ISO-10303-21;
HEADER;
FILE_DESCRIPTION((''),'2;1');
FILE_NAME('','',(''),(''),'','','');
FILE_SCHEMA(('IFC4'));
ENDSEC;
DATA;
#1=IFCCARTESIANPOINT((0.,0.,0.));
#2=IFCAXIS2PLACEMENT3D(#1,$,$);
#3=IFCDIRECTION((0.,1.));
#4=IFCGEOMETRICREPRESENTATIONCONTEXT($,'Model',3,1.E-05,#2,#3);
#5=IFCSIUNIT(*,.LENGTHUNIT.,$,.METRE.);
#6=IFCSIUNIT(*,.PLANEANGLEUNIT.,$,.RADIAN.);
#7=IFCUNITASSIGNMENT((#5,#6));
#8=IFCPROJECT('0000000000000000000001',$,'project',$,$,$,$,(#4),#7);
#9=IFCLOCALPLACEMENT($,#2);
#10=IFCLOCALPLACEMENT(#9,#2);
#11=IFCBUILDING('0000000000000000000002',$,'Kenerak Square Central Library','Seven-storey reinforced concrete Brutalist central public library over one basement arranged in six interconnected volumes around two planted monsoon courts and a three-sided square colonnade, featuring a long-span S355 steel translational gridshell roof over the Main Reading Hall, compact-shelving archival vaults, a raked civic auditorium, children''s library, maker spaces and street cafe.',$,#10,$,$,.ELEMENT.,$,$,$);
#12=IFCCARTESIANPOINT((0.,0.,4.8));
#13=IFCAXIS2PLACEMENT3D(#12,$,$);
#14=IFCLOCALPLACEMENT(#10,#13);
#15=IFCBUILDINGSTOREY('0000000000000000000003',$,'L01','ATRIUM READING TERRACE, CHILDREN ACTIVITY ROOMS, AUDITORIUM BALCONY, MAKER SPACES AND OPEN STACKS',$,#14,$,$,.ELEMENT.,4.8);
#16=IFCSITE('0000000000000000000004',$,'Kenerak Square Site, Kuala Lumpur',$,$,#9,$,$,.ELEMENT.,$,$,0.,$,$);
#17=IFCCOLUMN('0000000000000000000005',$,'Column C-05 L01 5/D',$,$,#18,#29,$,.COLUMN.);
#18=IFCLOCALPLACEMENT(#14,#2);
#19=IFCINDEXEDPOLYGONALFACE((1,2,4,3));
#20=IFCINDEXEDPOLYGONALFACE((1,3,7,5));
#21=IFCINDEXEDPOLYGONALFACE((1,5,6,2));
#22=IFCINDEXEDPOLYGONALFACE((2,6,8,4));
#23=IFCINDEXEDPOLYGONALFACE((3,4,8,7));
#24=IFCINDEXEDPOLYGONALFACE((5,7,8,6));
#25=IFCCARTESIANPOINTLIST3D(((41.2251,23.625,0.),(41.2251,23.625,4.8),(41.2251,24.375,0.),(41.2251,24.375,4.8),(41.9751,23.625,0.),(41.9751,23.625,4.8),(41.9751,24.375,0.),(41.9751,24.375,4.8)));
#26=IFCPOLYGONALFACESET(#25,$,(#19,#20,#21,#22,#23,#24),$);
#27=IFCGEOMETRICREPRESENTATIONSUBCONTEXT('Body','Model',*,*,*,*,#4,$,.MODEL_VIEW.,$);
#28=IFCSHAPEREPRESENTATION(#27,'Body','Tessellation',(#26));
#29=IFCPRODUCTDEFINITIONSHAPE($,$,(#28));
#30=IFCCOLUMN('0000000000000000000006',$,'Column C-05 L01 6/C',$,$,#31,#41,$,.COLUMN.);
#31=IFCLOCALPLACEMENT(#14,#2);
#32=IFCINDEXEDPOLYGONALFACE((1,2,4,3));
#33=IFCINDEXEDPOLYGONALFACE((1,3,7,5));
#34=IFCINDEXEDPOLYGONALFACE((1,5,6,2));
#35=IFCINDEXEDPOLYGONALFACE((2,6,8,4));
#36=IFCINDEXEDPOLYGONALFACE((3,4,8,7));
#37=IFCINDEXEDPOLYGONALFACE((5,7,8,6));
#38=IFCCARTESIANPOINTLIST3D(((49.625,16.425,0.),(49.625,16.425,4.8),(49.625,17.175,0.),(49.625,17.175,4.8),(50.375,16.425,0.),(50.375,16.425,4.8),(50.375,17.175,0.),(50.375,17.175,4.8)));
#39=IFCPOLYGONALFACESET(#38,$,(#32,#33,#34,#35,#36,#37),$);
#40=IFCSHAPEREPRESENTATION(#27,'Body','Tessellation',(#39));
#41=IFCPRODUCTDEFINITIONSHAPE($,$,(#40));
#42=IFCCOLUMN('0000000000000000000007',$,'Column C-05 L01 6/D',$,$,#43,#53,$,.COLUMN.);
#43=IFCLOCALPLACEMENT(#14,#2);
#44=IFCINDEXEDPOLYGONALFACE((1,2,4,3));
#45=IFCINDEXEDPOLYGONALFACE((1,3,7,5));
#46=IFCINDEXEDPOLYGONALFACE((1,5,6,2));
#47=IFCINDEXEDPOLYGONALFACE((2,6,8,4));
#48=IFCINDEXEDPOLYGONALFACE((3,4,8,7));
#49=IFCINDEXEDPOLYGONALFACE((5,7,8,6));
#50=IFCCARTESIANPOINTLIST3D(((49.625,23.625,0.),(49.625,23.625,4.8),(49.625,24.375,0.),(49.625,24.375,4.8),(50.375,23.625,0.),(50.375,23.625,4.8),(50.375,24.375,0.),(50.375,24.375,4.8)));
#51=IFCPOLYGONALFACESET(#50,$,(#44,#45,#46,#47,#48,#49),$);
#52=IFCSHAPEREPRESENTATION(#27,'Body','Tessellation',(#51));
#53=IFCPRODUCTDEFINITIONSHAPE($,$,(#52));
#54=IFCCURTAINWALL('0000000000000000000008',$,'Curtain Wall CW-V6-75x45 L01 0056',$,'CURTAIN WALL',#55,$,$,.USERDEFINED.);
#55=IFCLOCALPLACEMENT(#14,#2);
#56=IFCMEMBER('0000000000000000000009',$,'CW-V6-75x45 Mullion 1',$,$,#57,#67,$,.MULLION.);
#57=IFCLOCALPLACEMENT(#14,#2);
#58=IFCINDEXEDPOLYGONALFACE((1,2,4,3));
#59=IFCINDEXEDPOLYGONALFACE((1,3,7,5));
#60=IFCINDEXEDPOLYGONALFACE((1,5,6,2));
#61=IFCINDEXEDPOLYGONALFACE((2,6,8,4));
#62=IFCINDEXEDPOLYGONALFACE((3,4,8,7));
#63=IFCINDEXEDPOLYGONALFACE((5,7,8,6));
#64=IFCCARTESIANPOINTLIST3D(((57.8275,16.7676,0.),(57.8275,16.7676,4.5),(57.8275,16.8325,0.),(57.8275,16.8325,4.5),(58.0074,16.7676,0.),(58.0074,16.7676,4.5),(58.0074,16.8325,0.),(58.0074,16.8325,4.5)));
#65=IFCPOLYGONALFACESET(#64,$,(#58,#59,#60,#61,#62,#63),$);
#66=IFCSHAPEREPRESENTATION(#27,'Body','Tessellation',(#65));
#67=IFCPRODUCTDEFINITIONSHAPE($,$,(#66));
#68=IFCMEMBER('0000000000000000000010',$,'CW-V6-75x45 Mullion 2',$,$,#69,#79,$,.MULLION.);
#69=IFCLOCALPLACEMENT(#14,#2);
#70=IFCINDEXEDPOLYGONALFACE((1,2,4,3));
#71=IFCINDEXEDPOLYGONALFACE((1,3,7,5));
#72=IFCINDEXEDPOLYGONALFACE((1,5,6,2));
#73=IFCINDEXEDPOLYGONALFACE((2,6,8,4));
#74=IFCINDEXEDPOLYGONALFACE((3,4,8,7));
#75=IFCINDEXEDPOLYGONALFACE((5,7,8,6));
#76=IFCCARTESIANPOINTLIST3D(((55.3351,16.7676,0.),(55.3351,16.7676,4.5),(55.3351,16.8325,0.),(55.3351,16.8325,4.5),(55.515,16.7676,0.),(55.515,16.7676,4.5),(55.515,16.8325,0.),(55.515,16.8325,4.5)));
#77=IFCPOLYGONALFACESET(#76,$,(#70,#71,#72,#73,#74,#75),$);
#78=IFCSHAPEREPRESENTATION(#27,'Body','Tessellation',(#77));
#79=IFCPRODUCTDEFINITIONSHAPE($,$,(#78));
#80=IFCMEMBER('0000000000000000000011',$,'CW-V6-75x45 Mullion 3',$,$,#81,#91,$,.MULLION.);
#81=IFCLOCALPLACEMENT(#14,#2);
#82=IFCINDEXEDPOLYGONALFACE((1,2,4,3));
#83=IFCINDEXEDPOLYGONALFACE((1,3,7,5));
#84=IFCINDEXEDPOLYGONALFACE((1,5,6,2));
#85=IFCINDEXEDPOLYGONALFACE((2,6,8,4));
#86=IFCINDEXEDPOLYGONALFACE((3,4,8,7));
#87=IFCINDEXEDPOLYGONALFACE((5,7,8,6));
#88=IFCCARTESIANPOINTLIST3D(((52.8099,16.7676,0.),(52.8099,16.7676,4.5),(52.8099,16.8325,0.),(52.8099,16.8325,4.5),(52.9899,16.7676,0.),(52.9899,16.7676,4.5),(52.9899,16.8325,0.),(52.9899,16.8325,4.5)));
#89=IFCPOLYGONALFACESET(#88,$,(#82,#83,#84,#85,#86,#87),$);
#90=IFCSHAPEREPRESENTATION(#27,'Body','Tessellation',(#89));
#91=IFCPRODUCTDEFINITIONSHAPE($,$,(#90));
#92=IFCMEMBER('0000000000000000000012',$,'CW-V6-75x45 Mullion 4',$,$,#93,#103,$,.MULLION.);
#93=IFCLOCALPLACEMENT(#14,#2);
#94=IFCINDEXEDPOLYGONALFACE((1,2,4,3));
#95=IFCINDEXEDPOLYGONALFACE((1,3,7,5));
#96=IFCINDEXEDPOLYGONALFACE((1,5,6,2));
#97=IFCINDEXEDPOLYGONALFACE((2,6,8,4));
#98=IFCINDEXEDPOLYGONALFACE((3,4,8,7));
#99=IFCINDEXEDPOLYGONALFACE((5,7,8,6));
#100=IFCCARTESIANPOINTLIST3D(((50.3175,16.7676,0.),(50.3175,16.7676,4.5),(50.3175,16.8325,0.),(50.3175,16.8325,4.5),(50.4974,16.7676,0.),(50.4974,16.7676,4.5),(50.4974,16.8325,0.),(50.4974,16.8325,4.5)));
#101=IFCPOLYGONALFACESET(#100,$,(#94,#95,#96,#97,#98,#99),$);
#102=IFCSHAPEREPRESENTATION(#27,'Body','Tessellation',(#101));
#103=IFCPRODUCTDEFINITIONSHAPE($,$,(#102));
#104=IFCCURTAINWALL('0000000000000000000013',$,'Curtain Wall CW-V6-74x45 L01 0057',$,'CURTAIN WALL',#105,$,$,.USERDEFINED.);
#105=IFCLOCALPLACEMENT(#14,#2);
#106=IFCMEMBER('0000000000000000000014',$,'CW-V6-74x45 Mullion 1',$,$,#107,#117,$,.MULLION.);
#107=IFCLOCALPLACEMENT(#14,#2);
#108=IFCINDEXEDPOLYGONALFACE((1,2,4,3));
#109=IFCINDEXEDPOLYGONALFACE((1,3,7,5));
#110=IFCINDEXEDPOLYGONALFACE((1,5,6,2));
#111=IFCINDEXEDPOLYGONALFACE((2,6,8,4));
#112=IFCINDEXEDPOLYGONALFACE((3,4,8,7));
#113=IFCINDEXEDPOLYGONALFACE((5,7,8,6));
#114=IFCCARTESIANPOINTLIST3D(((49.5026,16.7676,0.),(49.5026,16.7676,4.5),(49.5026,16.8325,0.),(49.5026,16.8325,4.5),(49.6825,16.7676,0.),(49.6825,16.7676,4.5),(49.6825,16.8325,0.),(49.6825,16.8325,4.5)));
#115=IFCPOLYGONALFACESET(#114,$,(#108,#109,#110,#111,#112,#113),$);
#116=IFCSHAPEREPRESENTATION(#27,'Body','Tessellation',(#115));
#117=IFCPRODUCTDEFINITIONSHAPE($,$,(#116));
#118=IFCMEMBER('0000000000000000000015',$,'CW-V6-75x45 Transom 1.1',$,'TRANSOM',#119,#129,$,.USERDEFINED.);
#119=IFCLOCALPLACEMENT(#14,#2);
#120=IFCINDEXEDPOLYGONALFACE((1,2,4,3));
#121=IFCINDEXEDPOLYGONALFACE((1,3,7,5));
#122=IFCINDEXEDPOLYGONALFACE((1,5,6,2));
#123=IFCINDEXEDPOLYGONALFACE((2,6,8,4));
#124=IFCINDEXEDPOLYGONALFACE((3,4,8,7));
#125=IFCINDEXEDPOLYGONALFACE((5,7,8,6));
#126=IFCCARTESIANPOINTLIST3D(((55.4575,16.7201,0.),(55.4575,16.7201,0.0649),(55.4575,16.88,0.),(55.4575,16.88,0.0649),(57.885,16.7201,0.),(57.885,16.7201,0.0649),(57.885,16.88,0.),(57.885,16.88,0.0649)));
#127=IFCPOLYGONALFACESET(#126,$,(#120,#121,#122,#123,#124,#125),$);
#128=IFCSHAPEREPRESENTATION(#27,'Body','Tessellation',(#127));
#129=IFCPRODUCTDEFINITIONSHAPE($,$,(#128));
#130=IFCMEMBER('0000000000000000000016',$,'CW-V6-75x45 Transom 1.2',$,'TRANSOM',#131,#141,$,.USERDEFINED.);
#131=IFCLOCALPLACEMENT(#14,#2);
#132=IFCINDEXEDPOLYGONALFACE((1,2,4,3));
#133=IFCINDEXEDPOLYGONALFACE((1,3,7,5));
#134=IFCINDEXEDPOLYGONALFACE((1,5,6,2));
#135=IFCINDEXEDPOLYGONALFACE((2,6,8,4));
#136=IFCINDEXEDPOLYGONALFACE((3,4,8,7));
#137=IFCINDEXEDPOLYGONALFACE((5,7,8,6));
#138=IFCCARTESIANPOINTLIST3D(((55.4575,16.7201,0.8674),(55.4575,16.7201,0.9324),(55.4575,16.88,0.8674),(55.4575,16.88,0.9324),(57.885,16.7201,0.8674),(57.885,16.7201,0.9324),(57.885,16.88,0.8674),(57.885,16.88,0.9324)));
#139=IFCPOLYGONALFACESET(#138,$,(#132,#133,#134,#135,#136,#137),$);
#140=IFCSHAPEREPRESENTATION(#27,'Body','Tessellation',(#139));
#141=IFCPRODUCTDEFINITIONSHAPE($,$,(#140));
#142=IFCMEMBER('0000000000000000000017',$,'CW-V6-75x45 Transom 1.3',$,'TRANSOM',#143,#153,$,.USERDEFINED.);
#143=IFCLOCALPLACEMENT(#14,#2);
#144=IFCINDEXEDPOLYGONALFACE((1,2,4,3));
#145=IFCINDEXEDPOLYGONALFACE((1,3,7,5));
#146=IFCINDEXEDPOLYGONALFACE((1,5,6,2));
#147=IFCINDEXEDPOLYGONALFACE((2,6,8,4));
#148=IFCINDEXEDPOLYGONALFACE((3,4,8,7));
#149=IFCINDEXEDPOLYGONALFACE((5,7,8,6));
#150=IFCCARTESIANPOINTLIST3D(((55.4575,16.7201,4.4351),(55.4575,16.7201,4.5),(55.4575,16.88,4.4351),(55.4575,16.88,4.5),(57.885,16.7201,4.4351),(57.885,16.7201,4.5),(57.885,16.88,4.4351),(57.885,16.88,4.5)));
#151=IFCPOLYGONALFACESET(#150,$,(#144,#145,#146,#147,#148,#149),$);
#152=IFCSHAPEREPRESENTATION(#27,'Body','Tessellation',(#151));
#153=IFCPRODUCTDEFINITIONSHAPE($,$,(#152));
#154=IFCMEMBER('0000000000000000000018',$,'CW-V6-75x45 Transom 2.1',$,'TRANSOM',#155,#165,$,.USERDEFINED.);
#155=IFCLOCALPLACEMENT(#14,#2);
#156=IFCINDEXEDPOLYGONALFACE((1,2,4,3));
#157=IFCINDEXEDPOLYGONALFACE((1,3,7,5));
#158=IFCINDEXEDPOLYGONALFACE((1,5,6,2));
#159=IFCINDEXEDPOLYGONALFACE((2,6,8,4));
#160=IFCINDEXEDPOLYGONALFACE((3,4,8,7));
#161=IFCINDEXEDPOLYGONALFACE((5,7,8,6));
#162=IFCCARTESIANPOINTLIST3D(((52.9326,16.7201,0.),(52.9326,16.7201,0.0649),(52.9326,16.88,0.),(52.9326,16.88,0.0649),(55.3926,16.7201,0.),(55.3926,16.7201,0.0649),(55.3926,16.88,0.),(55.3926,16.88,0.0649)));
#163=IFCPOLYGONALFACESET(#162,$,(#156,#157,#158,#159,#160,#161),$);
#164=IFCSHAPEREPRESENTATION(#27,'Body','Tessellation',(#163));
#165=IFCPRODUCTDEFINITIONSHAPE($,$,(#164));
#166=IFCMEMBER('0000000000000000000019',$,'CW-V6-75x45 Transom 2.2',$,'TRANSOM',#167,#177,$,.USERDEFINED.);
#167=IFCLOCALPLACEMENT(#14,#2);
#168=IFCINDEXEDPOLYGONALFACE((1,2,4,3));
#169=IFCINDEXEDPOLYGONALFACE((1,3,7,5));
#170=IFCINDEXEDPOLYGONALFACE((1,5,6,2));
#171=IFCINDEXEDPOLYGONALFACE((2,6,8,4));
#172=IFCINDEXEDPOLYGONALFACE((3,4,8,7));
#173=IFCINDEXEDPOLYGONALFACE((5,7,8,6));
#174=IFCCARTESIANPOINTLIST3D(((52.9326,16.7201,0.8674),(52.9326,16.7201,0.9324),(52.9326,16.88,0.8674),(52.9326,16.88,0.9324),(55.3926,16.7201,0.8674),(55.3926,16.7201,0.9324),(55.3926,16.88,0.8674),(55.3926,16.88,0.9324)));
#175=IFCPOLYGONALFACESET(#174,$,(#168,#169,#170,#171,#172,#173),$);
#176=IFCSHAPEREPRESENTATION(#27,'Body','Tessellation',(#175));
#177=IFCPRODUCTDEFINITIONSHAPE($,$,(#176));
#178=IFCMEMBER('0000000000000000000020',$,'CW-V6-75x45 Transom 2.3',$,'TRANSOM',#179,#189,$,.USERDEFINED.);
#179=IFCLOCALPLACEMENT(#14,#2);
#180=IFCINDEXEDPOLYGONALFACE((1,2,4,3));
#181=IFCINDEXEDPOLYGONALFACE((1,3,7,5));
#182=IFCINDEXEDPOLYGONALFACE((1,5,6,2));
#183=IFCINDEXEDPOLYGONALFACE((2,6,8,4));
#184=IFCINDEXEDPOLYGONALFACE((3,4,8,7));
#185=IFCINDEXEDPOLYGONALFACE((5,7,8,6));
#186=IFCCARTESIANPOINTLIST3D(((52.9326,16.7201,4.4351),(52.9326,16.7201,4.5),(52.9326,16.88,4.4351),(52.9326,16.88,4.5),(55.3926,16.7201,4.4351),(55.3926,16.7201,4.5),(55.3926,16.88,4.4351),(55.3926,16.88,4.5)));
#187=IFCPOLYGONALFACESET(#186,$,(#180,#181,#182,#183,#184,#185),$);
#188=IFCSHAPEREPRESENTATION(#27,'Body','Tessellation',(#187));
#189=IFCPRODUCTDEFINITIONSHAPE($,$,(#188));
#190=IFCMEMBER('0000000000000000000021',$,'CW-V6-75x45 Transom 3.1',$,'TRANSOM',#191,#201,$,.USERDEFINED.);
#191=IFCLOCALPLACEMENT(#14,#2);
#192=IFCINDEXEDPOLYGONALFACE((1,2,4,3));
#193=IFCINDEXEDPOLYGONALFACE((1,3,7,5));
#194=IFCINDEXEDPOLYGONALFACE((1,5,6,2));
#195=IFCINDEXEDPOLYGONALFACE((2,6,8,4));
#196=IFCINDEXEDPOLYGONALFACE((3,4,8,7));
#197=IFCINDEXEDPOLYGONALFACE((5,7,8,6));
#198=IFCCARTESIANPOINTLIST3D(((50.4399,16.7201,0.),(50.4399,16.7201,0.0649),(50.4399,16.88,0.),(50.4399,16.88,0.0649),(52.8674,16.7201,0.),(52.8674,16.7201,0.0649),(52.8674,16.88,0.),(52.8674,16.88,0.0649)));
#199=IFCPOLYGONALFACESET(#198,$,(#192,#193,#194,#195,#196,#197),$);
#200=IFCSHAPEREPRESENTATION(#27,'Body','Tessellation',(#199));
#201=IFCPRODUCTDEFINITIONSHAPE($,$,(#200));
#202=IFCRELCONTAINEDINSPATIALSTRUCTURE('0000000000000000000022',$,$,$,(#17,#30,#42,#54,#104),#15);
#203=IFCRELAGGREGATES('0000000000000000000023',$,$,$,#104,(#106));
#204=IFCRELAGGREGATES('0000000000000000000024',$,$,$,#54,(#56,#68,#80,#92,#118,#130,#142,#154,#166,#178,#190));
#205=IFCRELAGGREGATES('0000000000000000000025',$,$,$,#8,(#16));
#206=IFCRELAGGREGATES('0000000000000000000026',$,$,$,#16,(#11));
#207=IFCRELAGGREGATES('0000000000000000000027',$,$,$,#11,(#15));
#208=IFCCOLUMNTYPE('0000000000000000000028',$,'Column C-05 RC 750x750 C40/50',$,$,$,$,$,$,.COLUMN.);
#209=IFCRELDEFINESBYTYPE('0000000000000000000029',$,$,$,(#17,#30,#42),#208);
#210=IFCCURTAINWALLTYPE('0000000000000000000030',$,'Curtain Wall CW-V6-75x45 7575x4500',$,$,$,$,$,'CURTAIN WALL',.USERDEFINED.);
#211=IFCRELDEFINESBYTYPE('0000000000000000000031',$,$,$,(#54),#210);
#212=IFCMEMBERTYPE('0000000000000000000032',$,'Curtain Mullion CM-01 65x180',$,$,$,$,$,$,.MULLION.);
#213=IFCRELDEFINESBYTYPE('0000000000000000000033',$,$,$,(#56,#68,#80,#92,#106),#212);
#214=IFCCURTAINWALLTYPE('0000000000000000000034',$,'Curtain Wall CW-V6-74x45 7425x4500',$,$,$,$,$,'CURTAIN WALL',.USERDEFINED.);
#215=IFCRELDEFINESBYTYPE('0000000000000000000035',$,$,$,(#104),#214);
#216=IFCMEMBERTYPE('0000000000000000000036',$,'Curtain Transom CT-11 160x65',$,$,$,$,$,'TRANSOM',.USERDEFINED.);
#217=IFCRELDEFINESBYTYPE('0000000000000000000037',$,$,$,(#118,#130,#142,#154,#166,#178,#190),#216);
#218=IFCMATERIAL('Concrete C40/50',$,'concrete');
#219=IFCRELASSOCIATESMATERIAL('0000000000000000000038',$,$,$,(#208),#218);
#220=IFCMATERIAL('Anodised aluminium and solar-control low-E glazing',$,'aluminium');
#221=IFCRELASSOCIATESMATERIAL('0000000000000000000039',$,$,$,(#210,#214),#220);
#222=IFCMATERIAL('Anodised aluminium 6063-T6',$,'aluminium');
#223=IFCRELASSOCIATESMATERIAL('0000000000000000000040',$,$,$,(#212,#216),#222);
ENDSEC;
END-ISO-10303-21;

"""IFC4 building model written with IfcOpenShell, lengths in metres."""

from ifc_helpers import new_model, si_unit, direction, frame, origin, origin_2d, place, context, subcontext, project, spatial, rectangle, extrude, material, material_profile, profile_set, type_object, element, aggregate, save


model = new_model("IFC4")

# Units and contexts
model_context = context("Model", 3, precision=1e-05, world=origin(), true_north=direction((0.0, 1.0)))
body_context = subcontext(model_context, "Body", "Model", "MODEL_VIEW")
ifc_project = project(units=[si_unit("LENGTHUNIT", "METRE"), si_unit("PLANEANGLEUNIT", "RADIAN")], contexts=[model_context])

# Site, building, storey
site_placement = place(None, origin())
site = spatial("IfcSite", under=ifc_project, at=site_placement, Name="Kenerak Square Site, Kuala Lumpur", CompositionType="ELEMENT", RefElevation=0.0)
building_placement = place(site_placement, origin())
building = spatial("IfcBuilding", under=site, at=building_placement, Name="Kenerak Square Central Library", Description="Seven-storey reinforced concrete Brutalist central public library over one basement arranged in six interconnected volumes around two planted monsoon courts and a three-sided square colonnade, featuring a long-span S355 steel translational gridshell roof over the Main Reading Hall, compact-shelving archival vaults, a raked civic auditorium, children's library, maker spaces and street cafe.", CompositionType="ELEMENT")
storey_placement = place(building_placement, frame((0.0, 0.0, 4.8)))
storey = spatial("IfcBuildingStorey", under=building, at=storey_placement, Name="L01", Description="ATRIUM READING TERRACE, CHILDREN ACTIVITY ROOMS, AUDITORIUM BALCONY, MAKER SPACES AND OPEN STACKS", CompositionType="ELEMENT", Elevation=4.8)

# Columns
ifc_material_1 = material(Name="Concrete C40/50", Category="concrete")
ifc_material_profile_1 = material_profile(ifc_material_1, rectangle(XDim=0.75, YDim=0.75, at=origin_2d()), Name="RC 750x750")
ifc_profile_set_1 = profile_set([ifc_material_profile_1], Name="Concrete C40/50")
column_type = type_object("IfcColumnType", Name="Column C-05 RC 750x750 C40/50", PredefinedType="COLUMN", material=ifc_profile_set_1)
for number, where, z_axis, x_axis, name in (
    (1, (41.6001, 24.0, 0.0), (0.0, 0.0, 1.0), (1.0, 0.0, 0.0), "Column C-05 L01 5/D"),
    (2, (50.0, 16.8, 0.0), (0.0, 0.0, 1.0), (1.0, 0.0, 0.0), "Column C-05 L01 6/C"),
    (3, (50.0, 24.0, 0.0), (0.0, 0.0, 1.0), (1.0, 0.0, 0.0), "Column C-05 L01 6/D"),
):
    element("IfcColumn", number, at=place(storey_placement, frame(where, z_axis=z_axis, x_axis=x_axis)), inside=storey, type_object=column_type, Name=name, PredefinedType="COLUMN", context=body_context, shape_type="SweptSolid", body=[
        extrude(rectangle(XDim=0.75, YDim=0.75, at=origin_2d()), origin(), (0.0, 0.0, 1.0), 4.8),
    ])

# Curtain wall, members
ifc_material_2 = material(Name="Anodised aluminium and solar-control low-E glazing", Category="aluminium")
curtain_wall_type_1 = type_object("IfcCurtainWallType", Name="Curtain Wall CW-V6-75x45 7575x4500", ElementType="CURTAIN WALL", PredefinedType="USERDEFINED", material=ifc_material_2)
curtain_wall_1_placement = place(storey_placement, origin())
curtain_wall_1 = element("IfcCurtainWall", 4, at=curtain_wall_1_placement, inside=storey, type_object=curtain_wall_type_1, Name="Curtain Wall CW-V6-75x45 L01 0056", ObjectType="CURTAIN WALL", PredefinedType="USERDEFINED")
ifc_material_3 = material(Name="Anodised aluminium 6063-T6", Category="aluminium")
ifc_material_profile_2 = material_profile(ifc_material_3, rectangle(XDim=0.0649, YDim=0.1799, at=origin_2d()), Name="AL MULLION 65x180")
ifc_profile_set_2 = profile_set([ifc_material_profile_2], Name="Anodised aluminium 6063-T6")
member_type_1 = type_object("IfcMemberType", Name="Curtain Mullion CM-01 65x180", PredefinedType="MULLION", material=ifc_profile_set_2)
member_1_placement = place(storey_placement, frame((57.9175, 16.8, 0.0), z_axis=(0.0, 0.0, 1.0), x_axis=(0.0, -1.0, 0.0)))
member_1 = element("IfcMember", 5, at=member_1_placement, type_object=member_type_1, Name="CW-V6-75x45 Mullion 1", PredefinedType="MULLION", context=body_context, shape_type="SweptSolid", body=[
    extrude(rectangle(XDim=0.0649, YDim=0.1799, at=origin_2d()), origin(), (0.0, 0.0, 1.0), 4.5),
])
member_2_placement = place(storey_placement, frame((55.425, 16.8, 0.0), z_axis=(0.0, 0.0, 1.0), x_axis=(0.0, -1.0, 0.0)))
member_2 = element("IfcMember", 6, at=member_2_placement, type_object=member_type_1, Name="CW-V6-75x45 Mullion 2", PredefinedType="MULLION", context=body_context, shape_type="SweptSolid", body=[
    extrude(rectangle(XDim=0.0649, YDim=0.1799, at=origin_2d()), origin(), (0.0, 0.0, 1.0), 4.5),
])
member_3_placement = place(storey_placement, frame((52.8999, 16.8, 0.0), z_axis=(0.0, 0.0, 1.0), x_axis=(0.0, -1.0, 0.0)))
member_3 = element("IfcMember", 7, at=member_3_placement, type_object=member_type_1, Name="CW-V6-75x45 Mullion 3", PredefinedType="MULLION", context=body_context, shape_type="SweptSolid", body=[
    extrude(rectangle(XDim=0.0649, YDim=0.1799, at=origin_2d()), origin(), (0.0, 0.0, 1.0), 4.5),
])
member_4_placement = place(storey_placement, frame((50.4075, 16.8, 0.0), z_axis=(0.0, 0.0, 1.0), x_axis=(0.0, -1.0, 0.0)))
member_4 = element("IfcMember", 8, at=member_4_placement, type_object=member_type_1, Name="CW-V6-75x45 Mullion 4", PredefinedType="MULLION", context=body_context, shape_type="SweptSolid", body=[
    extrude(rectangle(XDim=0.0649, YDim=0.1799, at=origin_2d()), origin(), (0.0, 0.0, 1.0), 4.5),
])

# Curtain wall, member
curtain_wall_type_2 = type_object("IfcCurtainWallType", Name="Curtain Wall CW-V6-74x45 7425x4500", ElementType="CURTAIN WALL", PredefinedType="USERDEFINED", material=ifc_material_2)
curtain_wall_2_placement = place(storey_placement, origin())
curtain_wall_2 = element("IfcCurtainWall", 9, at=curtain_wall_2_placement, inside=storey, type_object=curtain_wall_type_2, Name="Curtain Wall CW-V6-74x45 L01 0057", ObjectType="CURTAIN WALL", PredefinedType="USERDEFINED")
member_5_placement = place(storey_placement, frame((49.5925, 16.8, 0.0), z_axis=(0.0, 0.0, 1.0), x_axis=(0.0, -1.0, 0.0)))
member_5 = element("IfcMember", 10, at=member_5_placement, type_object=member_type_1, Name="CW-V6-74x45 Mullion 1", PredefinedType="MULLION", context=body_context, shape_type="SweptSolid", body=[
    extrude(rectangle(XDim=0.0649, YDim=0.1799, at=origin_2d()), origin(), (0.0, 0.0, 1.0), 4.5),
])
aggregate(curtain_wall_2, [member_5])

# Members
ifc_material_profile_3 = material_profile(ifc_material_3, rectangle(XDim=0.1599, YDim=0.0649, at=origin_2d()), Name="AL TRANSOM 160x65")
ifc_profile_set_3 = profile_set([ifc_material_profile_3], Name="Anodised aluminium 6063-T6")
member_type_2 = type_object("IfcMemberType", Name="Curtain Transom CT-11 160x65", ElementType="TRANSOM", PredefinedType="USERDEFINED", material=ifc_profile_set_3)
member_6_placement = place(storey_placement, frame((57.885, 16.8, 0.0325), z_axis=(-1.0, 0.0, 0.0), x_axis=(0.0, -1.0, 0.0)))
member_6 = element("IfcMember", 11, at=member_6_placement, type_object=member_type_2, Name="CW-V6-75x45 Transom 1.1", ObjectType="TRANSOM", PredefinedType="USERDEFINED", context=body_context, shape_type="SweptSolid", body=[
    extrude(rectangle(XDim=0.1599, YDim=0.0649, at=origin_2d()), origin(), (0.0, 0.0, 1.0), 2.4275),
])
member_7_placement = place(storey_placement, frame((57.885, 16.8, 0.8999), z_axis=(-1.0, 0.0, 0.0), x_axis=(0.0, -1.0, 0.0)))
member_7 = element("IfcMember", 12, at=member_7_placement, type_object=member_type_2, Name="CW-V6-75x45 Transom 1.2", ObjectType="TRANSOM", PredefinedType="USERDEFINED", context=body_context, shape_type="SweptSolid", body=[
    extrude(rectangle(XDim=0.1599, YDim=0.0649, at=origin_2d()), origin(), (0.0, 0.0, 1.0), 2.4275),
])
member_8_placement = place(storey_placement, frame((57.885, 16.8, 4.4675), z_axis=(-1.0, 0.0, 0.0), x_axis=(0.0, -1.0, 0.0)))
member_8 = element("IfcMember", 13, at=member_8_placement, type_object=member_type_2, Name="CW-V6-75x45 Transom 1.3", ObjectType="TRANSOM", PredefinedType="USERDEFINED", context=body_context, shape_type="SweptSolid", body=[
    extrude(rectangle(XDim=0.1599, YDim=0.0649, at=origin_2d()), origin(), (0.0, 0.0, 1.0), 2.4275),
])
member_9_placement = place(storey_placement, frame((55.3926, 16.8, 0.0325), z_axis=(-1.0, 0.0, 0.0), x_axis=(0.0, -1.0, 0.0)))
member_9 = element("IfcMember", 14, at=member_9_placement, type_object=member_type_2, Name="CW-V6-75x45 Transom 2.1", ObjectType="TRANSOM", PredefinedType="USERDEFINED", context=body_context, shape_type="SweptSolid", body=[
    extrude(rectangle(XDim=0.1599, YDim=0.0649, at=origin_2d()), origin(), (0.0, 0.0, 1.0), 2.46),
])
member_10_placement = place(storey_placement, frame((55.3926, 16.8, 0.8999), z_axis=(-1.0, 0.0, 0.0), x_axis=(0.0, -1.0, 0.0)))
member_10 = element("IfcMember", 15, at=member_10_placement, type_object=member_type_2, Name="CW-V6-75x45 Transom 2.2", ObjectType="TRANSOM", PredefinedType="USERDEFINED", context=body_context, shape_type="SweptSolid", body=[
    extrude(rectangle(XDim=0.1599, YDim=0.0649, at=origin_2d()), origin(), (0.0, 0.0, 1.0), 2.46),
])
member_11_placement = place(storey_placement, frame((55.3926, 16.8, 4.4675), z_axis=(-1.0, 0.0, 0.0), x_axis=(0.0, -1.0, 0.0)))
member_11 = element("IfcMember", 16, at=member_11_placement, type_object=member_type_2, Name="CW-V6-75x45 Transom 2.3", ObjectType="TRANSOM", PredefinedType="USERDEFINED", context=body_context, shape_type="SweptSolid", body=[
    extrude(rectangle(XDim=0.1599, YDim=0.0649, at=origin_2d()), origin(), (0.0, 0.0, 1.0), 2.46),
])
member_12_placement = place(storey_placement, frame((52.8674, 16.8, 0.0325), z_axis=(-1.0, 0.0, 0.0), x_axis=(0.0, -1.0, 0.0)))
member_12 = element("IfcMember", 17, at=member_12_placement, type_object=member_type_2, Name="CW-V6-75x45 Transom 3.1", ObjectType="TRANSOM", PredefinedType="USERDEFINED", context=body_context, shape_type="SweptSolid", body=[
    extrude(rectangle(XDim=0.1599, YDim=0.0649, at=origin_2d()), origin(), (0.0, 0.0, 1.0), 2.4275),
])

aggregate(curtain_wall_1, [member_1, member_2, member_3, member_4, member_6, member_7, member_8, member_9, member_10, member_11, member_12])

save(model, "model.ifc")
